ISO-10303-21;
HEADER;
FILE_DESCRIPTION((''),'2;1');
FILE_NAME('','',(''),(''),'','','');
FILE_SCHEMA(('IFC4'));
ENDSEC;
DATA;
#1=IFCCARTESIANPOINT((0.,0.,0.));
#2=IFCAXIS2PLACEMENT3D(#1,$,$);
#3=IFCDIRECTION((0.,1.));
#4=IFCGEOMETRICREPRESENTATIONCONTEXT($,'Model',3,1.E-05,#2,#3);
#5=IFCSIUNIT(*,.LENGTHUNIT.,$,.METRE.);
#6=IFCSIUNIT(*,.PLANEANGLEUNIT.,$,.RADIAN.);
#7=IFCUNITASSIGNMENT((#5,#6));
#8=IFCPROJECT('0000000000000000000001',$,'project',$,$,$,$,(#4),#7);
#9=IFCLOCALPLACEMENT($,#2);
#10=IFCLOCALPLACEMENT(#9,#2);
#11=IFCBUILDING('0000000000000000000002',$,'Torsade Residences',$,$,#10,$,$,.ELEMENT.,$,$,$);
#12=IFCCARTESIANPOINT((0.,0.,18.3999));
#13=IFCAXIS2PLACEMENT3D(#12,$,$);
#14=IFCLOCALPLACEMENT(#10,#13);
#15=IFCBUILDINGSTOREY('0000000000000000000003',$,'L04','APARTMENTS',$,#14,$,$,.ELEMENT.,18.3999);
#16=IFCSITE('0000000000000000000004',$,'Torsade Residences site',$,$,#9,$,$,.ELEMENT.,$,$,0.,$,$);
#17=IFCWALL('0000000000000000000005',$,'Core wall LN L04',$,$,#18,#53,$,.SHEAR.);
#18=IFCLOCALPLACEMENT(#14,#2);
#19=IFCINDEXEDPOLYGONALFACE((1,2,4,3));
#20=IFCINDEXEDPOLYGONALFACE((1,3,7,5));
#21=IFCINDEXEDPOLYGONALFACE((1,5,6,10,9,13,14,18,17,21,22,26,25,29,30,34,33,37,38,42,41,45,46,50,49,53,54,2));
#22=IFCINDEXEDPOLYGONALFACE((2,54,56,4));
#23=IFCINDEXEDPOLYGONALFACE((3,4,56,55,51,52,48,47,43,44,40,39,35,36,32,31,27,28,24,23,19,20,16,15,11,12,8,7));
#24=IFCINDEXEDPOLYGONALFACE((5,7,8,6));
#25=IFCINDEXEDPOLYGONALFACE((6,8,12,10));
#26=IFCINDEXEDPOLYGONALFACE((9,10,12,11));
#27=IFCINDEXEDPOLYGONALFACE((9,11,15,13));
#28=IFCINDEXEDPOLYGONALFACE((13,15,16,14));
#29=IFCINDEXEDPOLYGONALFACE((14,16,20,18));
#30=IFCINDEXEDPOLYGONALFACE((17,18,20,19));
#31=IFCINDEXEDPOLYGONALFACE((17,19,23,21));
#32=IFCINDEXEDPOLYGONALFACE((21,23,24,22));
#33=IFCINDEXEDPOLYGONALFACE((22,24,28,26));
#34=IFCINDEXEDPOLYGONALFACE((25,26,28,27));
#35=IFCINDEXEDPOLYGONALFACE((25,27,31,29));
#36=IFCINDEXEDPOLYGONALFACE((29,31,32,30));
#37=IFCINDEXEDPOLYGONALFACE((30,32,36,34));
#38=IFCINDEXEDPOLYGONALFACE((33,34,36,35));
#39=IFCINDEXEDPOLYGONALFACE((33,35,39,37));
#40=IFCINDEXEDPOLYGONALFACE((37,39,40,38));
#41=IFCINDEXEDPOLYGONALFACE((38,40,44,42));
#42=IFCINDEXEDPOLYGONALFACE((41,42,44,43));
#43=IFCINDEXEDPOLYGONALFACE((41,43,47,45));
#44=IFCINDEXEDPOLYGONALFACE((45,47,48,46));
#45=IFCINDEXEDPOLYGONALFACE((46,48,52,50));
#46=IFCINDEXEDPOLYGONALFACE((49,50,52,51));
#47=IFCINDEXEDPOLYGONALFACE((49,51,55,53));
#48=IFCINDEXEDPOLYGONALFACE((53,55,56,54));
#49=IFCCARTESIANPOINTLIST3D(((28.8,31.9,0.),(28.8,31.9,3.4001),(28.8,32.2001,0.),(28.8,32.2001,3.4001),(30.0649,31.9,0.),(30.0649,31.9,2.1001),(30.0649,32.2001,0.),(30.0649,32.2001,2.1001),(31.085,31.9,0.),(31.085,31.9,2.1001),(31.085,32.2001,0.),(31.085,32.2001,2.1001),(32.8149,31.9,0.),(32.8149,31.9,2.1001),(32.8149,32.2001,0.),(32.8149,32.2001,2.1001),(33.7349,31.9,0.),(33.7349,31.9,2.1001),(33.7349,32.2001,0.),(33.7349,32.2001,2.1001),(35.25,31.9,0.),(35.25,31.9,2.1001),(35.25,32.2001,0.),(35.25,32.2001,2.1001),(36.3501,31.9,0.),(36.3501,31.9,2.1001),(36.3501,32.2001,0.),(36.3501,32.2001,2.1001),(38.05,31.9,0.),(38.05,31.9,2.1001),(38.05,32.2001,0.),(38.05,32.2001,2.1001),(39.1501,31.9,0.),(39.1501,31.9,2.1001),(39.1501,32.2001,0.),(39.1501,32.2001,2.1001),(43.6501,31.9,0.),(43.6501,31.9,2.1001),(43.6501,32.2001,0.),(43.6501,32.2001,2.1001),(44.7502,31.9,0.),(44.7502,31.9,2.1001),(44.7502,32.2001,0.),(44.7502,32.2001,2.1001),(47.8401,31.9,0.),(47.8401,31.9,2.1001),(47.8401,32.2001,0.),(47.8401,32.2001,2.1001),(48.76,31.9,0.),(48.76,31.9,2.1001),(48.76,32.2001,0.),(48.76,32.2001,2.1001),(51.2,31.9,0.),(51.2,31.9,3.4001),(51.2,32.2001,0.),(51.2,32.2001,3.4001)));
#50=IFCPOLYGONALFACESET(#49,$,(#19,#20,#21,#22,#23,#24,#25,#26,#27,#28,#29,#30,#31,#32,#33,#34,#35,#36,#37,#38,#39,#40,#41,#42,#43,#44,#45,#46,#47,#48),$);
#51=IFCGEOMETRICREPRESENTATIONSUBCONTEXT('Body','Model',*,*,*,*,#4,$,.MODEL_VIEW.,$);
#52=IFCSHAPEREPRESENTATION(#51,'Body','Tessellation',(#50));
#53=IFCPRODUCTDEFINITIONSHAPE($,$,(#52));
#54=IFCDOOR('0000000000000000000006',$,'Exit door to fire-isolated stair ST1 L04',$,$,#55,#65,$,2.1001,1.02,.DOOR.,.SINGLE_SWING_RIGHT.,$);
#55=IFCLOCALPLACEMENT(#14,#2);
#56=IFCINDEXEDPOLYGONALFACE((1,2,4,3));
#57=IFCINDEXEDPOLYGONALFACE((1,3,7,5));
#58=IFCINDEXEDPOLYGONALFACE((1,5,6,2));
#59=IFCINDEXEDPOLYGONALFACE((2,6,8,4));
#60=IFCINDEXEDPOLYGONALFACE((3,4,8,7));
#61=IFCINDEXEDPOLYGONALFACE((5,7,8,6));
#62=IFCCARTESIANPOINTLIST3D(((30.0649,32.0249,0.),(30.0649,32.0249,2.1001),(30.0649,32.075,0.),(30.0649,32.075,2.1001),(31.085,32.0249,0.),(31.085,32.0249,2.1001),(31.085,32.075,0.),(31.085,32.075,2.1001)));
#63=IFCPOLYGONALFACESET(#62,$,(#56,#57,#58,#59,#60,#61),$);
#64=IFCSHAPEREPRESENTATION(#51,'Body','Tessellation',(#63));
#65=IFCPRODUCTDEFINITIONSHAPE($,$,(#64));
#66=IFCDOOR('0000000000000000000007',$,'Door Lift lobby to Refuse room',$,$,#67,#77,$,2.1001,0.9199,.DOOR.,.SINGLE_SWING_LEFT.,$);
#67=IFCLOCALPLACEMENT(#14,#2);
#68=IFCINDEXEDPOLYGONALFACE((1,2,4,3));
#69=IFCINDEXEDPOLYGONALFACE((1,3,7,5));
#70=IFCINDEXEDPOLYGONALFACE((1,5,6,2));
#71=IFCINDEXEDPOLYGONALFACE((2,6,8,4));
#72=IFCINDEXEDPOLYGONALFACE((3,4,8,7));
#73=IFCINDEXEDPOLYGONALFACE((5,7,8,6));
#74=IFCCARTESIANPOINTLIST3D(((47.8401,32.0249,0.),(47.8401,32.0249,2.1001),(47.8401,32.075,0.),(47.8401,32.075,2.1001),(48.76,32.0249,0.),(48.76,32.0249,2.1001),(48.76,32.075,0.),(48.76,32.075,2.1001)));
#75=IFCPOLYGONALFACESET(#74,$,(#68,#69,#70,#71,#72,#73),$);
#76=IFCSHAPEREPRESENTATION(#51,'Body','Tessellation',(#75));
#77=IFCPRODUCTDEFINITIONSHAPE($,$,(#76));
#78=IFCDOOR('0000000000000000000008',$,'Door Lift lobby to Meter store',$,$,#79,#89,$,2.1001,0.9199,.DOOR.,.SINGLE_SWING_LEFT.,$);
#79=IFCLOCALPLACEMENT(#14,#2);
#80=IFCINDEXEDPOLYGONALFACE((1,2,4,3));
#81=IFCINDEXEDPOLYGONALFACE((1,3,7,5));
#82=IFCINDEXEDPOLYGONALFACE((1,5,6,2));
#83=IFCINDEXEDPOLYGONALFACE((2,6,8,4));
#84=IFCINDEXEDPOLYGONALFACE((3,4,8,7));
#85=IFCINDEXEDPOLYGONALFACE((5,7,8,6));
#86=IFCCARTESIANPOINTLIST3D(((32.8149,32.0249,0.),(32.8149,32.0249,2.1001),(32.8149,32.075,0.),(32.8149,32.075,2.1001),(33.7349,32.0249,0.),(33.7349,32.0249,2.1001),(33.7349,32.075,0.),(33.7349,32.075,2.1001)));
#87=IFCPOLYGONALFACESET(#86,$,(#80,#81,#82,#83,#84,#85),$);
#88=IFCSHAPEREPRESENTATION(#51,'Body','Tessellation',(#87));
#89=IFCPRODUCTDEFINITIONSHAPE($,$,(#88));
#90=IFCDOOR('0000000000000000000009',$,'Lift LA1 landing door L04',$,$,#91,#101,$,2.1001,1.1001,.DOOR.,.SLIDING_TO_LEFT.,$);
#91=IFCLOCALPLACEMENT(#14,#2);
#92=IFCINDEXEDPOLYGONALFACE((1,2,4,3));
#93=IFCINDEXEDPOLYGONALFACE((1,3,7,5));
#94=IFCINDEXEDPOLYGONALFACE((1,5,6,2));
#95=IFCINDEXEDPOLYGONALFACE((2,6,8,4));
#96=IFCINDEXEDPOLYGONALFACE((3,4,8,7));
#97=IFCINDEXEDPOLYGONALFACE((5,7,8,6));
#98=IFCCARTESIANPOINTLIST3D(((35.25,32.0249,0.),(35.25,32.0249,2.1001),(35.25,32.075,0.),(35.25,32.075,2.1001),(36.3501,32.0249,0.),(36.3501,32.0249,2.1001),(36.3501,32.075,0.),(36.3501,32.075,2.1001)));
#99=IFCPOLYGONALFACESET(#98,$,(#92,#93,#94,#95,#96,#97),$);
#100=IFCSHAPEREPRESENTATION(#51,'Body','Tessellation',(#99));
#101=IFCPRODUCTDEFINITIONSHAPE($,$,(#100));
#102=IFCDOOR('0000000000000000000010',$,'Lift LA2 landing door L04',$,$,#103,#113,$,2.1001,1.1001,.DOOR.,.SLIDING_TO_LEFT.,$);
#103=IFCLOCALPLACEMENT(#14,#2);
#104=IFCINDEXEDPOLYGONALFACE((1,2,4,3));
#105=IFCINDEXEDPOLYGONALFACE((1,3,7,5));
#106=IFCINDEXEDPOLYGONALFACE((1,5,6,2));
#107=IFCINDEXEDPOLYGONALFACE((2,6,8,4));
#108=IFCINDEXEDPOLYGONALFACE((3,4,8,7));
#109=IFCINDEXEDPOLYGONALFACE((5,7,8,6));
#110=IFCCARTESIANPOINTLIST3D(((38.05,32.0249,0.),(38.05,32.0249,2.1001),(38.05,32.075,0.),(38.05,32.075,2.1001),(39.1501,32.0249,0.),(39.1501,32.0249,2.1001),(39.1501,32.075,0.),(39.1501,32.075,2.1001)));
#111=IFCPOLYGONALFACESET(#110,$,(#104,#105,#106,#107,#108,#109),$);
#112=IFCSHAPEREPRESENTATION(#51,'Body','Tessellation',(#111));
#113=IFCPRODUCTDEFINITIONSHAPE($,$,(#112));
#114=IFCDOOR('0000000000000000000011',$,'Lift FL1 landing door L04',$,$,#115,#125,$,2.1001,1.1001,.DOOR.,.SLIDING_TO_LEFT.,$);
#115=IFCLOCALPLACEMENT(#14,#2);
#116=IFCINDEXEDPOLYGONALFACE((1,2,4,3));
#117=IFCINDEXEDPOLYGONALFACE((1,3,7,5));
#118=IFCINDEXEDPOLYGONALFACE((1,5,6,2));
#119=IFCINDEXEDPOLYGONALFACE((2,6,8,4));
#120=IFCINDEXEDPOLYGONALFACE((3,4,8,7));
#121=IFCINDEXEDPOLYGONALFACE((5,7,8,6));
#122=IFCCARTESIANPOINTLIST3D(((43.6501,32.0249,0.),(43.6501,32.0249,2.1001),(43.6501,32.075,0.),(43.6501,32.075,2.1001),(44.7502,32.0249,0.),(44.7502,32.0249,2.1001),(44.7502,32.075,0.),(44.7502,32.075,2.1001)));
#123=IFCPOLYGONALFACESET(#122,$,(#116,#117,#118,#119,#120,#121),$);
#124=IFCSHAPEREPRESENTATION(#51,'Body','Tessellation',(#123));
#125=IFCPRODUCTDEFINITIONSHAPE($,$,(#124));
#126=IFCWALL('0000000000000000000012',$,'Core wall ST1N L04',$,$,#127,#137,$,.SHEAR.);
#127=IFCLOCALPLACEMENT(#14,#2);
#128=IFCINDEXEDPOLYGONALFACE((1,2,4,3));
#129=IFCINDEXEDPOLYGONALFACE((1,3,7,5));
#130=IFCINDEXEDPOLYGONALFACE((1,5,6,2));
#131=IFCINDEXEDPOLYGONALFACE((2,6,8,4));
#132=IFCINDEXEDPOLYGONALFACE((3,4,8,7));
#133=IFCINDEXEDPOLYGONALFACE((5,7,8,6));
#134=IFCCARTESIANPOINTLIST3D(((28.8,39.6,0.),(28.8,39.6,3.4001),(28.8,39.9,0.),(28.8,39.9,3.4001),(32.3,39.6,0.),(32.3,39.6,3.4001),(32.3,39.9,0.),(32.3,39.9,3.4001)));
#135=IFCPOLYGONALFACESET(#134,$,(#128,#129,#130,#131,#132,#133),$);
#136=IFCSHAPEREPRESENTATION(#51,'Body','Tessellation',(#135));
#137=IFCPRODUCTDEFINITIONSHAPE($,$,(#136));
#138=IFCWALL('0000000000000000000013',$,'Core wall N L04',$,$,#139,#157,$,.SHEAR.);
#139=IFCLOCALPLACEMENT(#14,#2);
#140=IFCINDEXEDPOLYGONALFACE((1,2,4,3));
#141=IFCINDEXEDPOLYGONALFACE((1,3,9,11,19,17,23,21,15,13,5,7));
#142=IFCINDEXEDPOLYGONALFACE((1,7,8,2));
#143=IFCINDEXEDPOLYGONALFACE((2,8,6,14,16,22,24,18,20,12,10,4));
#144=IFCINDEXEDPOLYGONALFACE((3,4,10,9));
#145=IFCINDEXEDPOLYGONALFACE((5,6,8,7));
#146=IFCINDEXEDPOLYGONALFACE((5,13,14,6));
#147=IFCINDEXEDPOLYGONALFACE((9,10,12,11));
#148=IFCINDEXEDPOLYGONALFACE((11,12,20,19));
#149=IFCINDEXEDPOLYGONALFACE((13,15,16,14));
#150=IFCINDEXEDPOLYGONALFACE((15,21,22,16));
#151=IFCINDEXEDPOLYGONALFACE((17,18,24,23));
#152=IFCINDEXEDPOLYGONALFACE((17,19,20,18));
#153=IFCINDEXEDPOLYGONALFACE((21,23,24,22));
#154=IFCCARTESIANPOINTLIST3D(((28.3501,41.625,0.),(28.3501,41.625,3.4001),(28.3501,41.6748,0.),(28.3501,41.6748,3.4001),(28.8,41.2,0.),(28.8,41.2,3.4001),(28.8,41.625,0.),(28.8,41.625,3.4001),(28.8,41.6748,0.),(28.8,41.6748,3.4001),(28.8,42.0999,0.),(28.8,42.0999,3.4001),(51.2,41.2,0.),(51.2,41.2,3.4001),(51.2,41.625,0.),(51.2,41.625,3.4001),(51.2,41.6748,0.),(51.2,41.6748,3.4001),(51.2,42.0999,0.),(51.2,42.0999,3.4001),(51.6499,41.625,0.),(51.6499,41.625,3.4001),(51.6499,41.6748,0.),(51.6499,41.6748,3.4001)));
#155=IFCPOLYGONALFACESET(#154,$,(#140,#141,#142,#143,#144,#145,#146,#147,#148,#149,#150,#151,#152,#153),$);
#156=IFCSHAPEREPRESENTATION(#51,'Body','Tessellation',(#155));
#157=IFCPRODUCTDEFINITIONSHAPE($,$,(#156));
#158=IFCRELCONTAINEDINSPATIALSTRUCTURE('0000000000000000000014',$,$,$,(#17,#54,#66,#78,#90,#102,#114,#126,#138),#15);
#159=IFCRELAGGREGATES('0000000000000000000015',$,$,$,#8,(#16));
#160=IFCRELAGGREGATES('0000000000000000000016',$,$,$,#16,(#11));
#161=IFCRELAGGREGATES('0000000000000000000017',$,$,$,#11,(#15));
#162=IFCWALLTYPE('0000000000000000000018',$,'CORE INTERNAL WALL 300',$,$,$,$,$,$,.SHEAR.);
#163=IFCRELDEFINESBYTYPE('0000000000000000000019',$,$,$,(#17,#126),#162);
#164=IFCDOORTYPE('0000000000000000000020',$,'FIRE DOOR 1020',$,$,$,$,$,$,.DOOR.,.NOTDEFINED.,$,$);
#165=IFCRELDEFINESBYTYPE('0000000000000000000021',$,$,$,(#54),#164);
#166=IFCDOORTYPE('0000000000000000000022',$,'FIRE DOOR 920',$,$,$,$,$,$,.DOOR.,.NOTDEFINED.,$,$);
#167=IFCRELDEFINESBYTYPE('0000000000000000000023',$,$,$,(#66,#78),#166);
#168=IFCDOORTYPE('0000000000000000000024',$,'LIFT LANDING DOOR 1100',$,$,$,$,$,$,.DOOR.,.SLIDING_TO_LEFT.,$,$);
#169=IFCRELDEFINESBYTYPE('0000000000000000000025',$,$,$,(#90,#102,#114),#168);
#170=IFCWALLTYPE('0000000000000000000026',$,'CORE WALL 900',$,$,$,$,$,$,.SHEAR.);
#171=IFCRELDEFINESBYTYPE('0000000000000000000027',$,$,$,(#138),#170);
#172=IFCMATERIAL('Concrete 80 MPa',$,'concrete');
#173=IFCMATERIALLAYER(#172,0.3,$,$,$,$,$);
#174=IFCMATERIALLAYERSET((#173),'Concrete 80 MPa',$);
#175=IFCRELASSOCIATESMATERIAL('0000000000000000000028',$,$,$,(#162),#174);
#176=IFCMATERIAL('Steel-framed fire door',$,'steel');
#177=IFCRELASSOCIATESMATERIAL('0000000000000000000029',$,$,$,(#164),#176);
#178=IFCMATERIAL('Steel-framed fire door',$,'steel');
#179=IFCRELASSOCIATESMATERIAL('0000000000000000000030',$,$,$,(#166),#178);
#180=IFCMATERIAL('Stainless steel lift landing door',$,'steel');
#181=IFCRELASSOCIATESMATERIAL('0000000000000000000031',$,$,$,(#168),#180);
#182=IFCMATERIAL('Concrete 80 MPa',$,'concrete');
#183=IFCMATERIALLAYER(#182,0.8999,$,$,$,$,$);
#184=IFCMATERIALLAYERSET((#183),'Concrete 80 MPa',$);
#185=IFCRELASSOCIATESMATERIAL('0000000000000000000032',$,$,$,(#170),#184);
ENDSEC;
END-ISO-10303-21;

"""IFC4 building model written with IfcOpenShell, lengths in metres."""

from ifc_helpers import new_model, si_unit, direction, frame, frame_2d, origin, place, context, subcontext, project, spatial, polyline, rectangle, outline, extrude, material, layer, layer_set, type_object, element, fill, save


model = new_model("IFC4")

# Units and contexts
model_context = context("Model", 3, precision=1e-05, world=origin(), true_north=direction((0.0, 1.0)))
body_context = subcontext(model_context, "Body", "Model", "MODEL_VIEW")
ifc_project = project(units=[si_unit("LENGTHUNIT", "METRE"), si_unit("PLANEANGLEUNIT", "RADIAN")], contexts=[model_context])

# Site, building, storey
site_placement = place(None, origin())
site = spatial("IfcSite", under=ifc_project, at=site_placement, Name="Torsade Residences site", CompositionType="ELEMENT", RefElevation=0.0)
building_placement = place(site_placement, origin())
building = spatial("IfcBuilding", under=site, at=building_placement, Name="Torsade Residences", CompositionType="ELEMENT")
storey_placement = place(building_placement, frame((0.0, 0.0, 18.3999)))
storey = spatial("IfcBuildingStorey", under=building, at=storey_placement, Name="L04", Description="APARTMENTS", CompositionType="ELEMENT", Elevation=18.3999)

# Wall, openings, doors
ifc_material_1 = material(Name="Concrete 80 MPa", Category="concrete")
ifc_layer_1 = layer(ifc_material_1, 0.3)
ifc_layer_set_1 = layer_set([ifc_layer_1], Name="Concrete 80 MPa")
wall_type_1 = type_object("IfcWallType", Name="CORE INTERNAL WALL 300", PredefinedType="SHEAR", material=ifc_layer_set_1)
wall_1_placement = place(storey_placement, frame((28.8, 32.05, 0.0), z_axis=(0.0, 0.0, 1.0), x_axis=(1.0, 0.0, 0.0)))
wall_1 = element("IfcWall", 1, at=wall_1_placement, inside=storey, type_object=wall_type_1, Name="Core wall LN L04", PredefinedType="SHEAR", context=body_context, shape_type="SweptSolid", body=[
    extrude(rectangle(XDim=22.3999, YDim=0.3, at=frame_2d((11.2, 0.0))), origin(), (0.0, 0.0, 1.0), 3.4001),
])
opening_1_placement = place(wall_1_placement, frame((19.04, 0.0, 0.0)))
opening_1 = element("IfcOpeningElement", 2, at=opening_1_placement, cuts=wall_1, PredefinedType="OPENING", context=body_context, shape_type="SweptSolid", body=[
    extrude(rectangle(XDim=0.9199, YDim=2.1001, at=frame_2d((0.46, 1.05))), frame((0.0, 0.1599, 0.0), z_axis=(0.0, -1.0, 0.0), x_axis=(1.0, 0.0, 0.0)), (0.0, 0.0, 1.0), 0.3201),
])
opening_2_placement = place(wall_1_placement, frame((1.2649, 0.0, 0.0)))
opening_2 = element("IfcOpeningElement", 3, at=opening_2_placement, cuts=wall_1, PredefinedType="OPENING", context=body_context, shape_type="SweptSolid", body=[
    extrude(rectangle(XDim=1.02, YDim=2.1001, at=frame_2d((0.51, 1.05))), frame((0.0, 0.1599, 0.0), z_axis=(0.0, -1.0, 0.0), x_axis=(1.0, 0.0, 0.0)), (0.0, 0.0, 1.0), 0.3201),
])
opening_3_placement = place(wall_1_placement, frame((4.0149, 0.0, 0.0)))
opening_3 = element("IfcOpeningElement", 4, at=opening_3_placement, cuts=wall_1, PredefinedType="OPENING", context=body_context, shape_type="SweptSolid", body=[
    extrude(rectangle(XDim=0.9199, YDim=2.1001, at=frame_2d((0.46, 1.05))), frame((0.0, 0.1599, 0.0), z_axis=(0.0, -1.0, 0.0), x_axis=(1.0, 0.0, 0.0)), (0.0, 0.0, 1.0), 0.3201),
])
opening_4_placement = place(wall_1_placement, frame((6.45, 0.0, 0.0)))
opening_4 = element("IfcOpeningElement", 5, at=opening_4_placement, cuts=wall_1, PredefinedType="OPENING", context=body_context, shape_type="SweptSolid", body=[
    extrude(rectangle(XDim=1.1001, YDim=2.1001, at=frame_2d((0.55, 1.05))), frame((0.0, 0.1599, 0.0), z_axis=(0.0, -1.0, 0.0), x_axis=(1.0, 0.0, 0.0)), (0.0, 0.0, 1.0), 0.3201),
])
opening_5_placement = place(wall_1_placement, frame((9.25, 0.0, 0.0)))
opening_5 = element("IfcOpeningElement", 6, at=opening_5_placement, cuts=wall_1, PredefinedType="OPENING", context=body_context, shape_type="SweptSolid", body=[
    extrude(rectangle(XDim=1.1001, YDim=2.1001, at=frame_2d((0.55, 1.05))), frame((0.0, 0.1599, 0.0), z_axis=(0.0, -1.0, 0.0), x_axis=(1.0, 0.0, 0.0)), (0.0, 0.0, 1.0), 0.3201),
])
opening_6_placement = place(wall_1_placement, frame((14.8501, 0.0, 0.0)))
opening_6 = element("IfcOpeningElement", 7, at=opening_6_placement, cuts=wall_1, PredefinedType="OPENING", context=body_context, shape_type="SweptSolid", body=[
    extrude(rectangle(XDim=1.1001, YDim=2.1001, at=frame_2d((0.55, 1.05))), frame((0.0, 0.1599, 0.0), z_axis=(0.0, -1.0, 0.0), x_axis=(1.0, 0.0, 0.0)), (0.0, 0.0, 1.0), 0.3201),
])
ifc_material_2 = material(Name="Steel-framed fire door", Category="steel")
door_type_1 = type_object("IfcDoorType", Name="FIRE DOOR 1020", OperationType="NOTDEFINED", PredefinedType="DOOR", material=ifc_material_2)
door_1_placement = place(opening_2_placement, origin())
door_1 = element("IfcDoor", 8, at=door_1_placement, inside=storey, type_object=door_type_1, Name="Exit door to fire-isolated stair ST1 L04", OperationType="SINGLE_SWING_RIGHT", OverallHeight=2.1001, OverallWidth=1.02, PredefinedType="DOOR", context=body_context, shape_type="SweptSolid", body=[
    extrude(rectangle(XDim=1.02, YDim=2.1001, at=frame_2d((0.51, 1.05))), frame((0.0, 0.0249, 0.0), z_axis=(0.0, -1.0, 0.0), x_axis=(1.0, 0.0, 0.0)), (0.0, 0.0, 1.0), 0.05),
])
fill(opening_2, door_1)
ifc_material_3 = material(Name="Steel-framed fire door", Category="steel")
door_type_2 = type_object("IfcDoorType", Name="FIRE DOOR 920", OperationType="NOTDEFINED", PredefinedType="DOOR", material=ifc_material_3)
door_2_placement = place(opening_1_placement, origin())
door_2 = element("IfcDoor", 9, at=door_2_placement, inside=storey, type_object=door_type_2, Name="Door Lift lobby to Refuse room", OperationType="SINGLE_SWING_LEFT", OverallHeight=2.1001, OverallWidth=0.9199, PredefinedType="DOOR", context=body_context, shape_type="SweptSolid", body=[
    extrude(rectangle(XDim=0.9199, YDim=2.1001, at=frame_2d((0.46, 1.05))), frame((0.0, 0.0249, 0.0), z_axis=(0.0, -1.0, 0.0), x_axis=(1.0, 0.0, 0.0)), (0.0, 0.0, 1.0), 0.05),
])
fill(opening_1, door_2)
door_3_placement = place(opening_3_placement, origin())
door_3 = element("IfcDoor", 10, at=door_3_placement, inside=storey, type_object=door_type_2, Name="Door Lift lobby to Meter store", OperationType="SINGLE_SWING_LEFT", OverallHeight=2.1001, OverallWidth=0.9199, PredefinedType="DOOR", context=body_context, shape_type="SweptSolid", body=[
    extrude(rectangle(XDim=0.9199, YDim=2.1001, at=frame_2d((0.46, 1.05))), frame((0.0, 0.0249, 0.0), z_axis=(0.0, -1.0, 0.0), x_axis=(1.0, 0.0, 0.0)), (0.0, 0.0, 1.0), 0.05),
])
fill(opening_3, door_3)
ifc_material_4 = material(Name="Stainless steel lift landing door", Category="steel")
door_type_3 = type_object("IfcDoorType", Name="LIFT LANDING DOOR 1100", OperationType="SLIDING_TO_LEFT", PredefinedType="DOOR", material=ifc_material_4)
door_4_placement = place(opening_4_placement, origin())
door_4 = element("IfcDoor", 11, at=door_4_placement, inside=storey, type_object=door_type_3, Name="Lift LA1 landing door L04", OperationType="SLIDING_TO_LEFT", OverallHeight=2.1001, OverallWidth=1.1001, PredefinedType="DOOR", context=body_context, shape_type="SweptSolid", body=[
    extrude(rectangle(XDim=1.1001, YDim=2.1001, at=frame_2d((0.55, 1.05))), frame((0.0, 0.0249, 0.0), z_axis=(0.0, -1.0, 0.0), x_axis=(1.0, 0.0, 0.0)), (0.0, 0.0, 1.0), 0.05),
])
fill(opening_4, door_4)
door_5_placement = place(opening_5_placement, origin())
door_5 = element("IfcDoor", 12, at=door_5_placement, inside=storey, type_object=door_type_3, Name="Lift LA2 landing door L04", OperationType="SLIDING_TO_LEFT", OverallHeight=2.1001, OverallWidth=1.1001, PredefinedType="DOOR", context=body_context, shape_type="SweptSolid", body=[
    extrude(rectangle(XDim=1.1001, YDim=2.1001, at=frame_2d((0.55, 1.05))), frame((0.0, 0.0249, 0.0), z_axis=(0.0, -1.0, 0.0), x_axis=(1.0, 0.0, 0.0)), (0.0, 0.0, 1.0), 0.05),
])
fill(opening_5, door_5)
door_6_placement = place(opening_6_placement, origin())
door_6 = element("IfcDoor", 13, at=door_6_placement, inside=storey, type_object=door_type_3, Name="Lift FL1 landing door L04", OperationType="SLIDING_TO_LEFT", OverallHeight=2.1001, OverallWidth=1.1001, PredefinedType="DOOR", context=body_context, shape_type="SweptSolid", body=[
    extrude(rectangle(XDim=1.1001, YDim=2.1001, at=frame_2d((0.55, 1.05))), frame((0.0, 0.0249, 0.0), z_axis=(0.0, -1.0, 0.0), x_axis=(1.0, 0.0, 0.0)), (0.0, 0.0, 1.0), 0.05),
])
fill(opening_6, door_6)

# Walls
wall_2_placement = place(storey_placement, frame((28.8, 39.75, 0.0), z_axis=(0.0, 0.0, 1.0), x_axis=(1.0, 0.0, 0.0)))
element("IfcWall", 14, at=wall_2_placement, inside=storey, type_object=wall_type_1, Name="Core wall ST1N L04", PredefinedType="SHEAR", context=body_context, shape_type="SweptSolid", body=[
    extrude(rectangle(XDim=3.5, YDim=0.3, at=frame_2d((1.75, 0.0))), origin(), (0.0, 0.0, 1.0), 3.4001),
])
ifc_material_5 = material(Name="Concrete 80 MPa", Category="concrete")
ifc_layer_2 = layer(ifc_material_5, 0.8999)
ifc_layer_set_2 = layer_set([ifc_layer_2], Name="Concrete 80 MPa")
wall_type_2 = type_object("IfcWallType", Name="CORE WALL 900", PredefinedType="SHEAR", material=ifc_layer_set_2)
wall_3_placement = place(storey_placement, frame((28.8, 41.6499, 0.0), z_axis=(0.0, 0.0, 1.0), x_axis=(1.0, 0.0, 0.0)))
element("IfcWall", 15, at=wall_3_placement, inside=storey, type_object=wall_type_2, Name="Core wall N L04", PredefinedType="SHEAR", context=body_context, shape_type="SweptSolid", body=[
    extrude(outline(polyline([(0.0, -0.45), (22.3999, -0.45), (22.3999, -0.0249), (22.8499, -0.0249), (22.8499, 0.0249), (22.3999, 0.0249), (22.3999, 0.45), (0.0, 0.45), (0.0, 0.0249), (-0.45, 0.0249), (-0.45, -0.0249), (0.0, -0.0249), (0.0, -0.45)])), origin(), (0.0, 0.0, 1.0), 3.4001),
])

save(model, "model.ifc")
